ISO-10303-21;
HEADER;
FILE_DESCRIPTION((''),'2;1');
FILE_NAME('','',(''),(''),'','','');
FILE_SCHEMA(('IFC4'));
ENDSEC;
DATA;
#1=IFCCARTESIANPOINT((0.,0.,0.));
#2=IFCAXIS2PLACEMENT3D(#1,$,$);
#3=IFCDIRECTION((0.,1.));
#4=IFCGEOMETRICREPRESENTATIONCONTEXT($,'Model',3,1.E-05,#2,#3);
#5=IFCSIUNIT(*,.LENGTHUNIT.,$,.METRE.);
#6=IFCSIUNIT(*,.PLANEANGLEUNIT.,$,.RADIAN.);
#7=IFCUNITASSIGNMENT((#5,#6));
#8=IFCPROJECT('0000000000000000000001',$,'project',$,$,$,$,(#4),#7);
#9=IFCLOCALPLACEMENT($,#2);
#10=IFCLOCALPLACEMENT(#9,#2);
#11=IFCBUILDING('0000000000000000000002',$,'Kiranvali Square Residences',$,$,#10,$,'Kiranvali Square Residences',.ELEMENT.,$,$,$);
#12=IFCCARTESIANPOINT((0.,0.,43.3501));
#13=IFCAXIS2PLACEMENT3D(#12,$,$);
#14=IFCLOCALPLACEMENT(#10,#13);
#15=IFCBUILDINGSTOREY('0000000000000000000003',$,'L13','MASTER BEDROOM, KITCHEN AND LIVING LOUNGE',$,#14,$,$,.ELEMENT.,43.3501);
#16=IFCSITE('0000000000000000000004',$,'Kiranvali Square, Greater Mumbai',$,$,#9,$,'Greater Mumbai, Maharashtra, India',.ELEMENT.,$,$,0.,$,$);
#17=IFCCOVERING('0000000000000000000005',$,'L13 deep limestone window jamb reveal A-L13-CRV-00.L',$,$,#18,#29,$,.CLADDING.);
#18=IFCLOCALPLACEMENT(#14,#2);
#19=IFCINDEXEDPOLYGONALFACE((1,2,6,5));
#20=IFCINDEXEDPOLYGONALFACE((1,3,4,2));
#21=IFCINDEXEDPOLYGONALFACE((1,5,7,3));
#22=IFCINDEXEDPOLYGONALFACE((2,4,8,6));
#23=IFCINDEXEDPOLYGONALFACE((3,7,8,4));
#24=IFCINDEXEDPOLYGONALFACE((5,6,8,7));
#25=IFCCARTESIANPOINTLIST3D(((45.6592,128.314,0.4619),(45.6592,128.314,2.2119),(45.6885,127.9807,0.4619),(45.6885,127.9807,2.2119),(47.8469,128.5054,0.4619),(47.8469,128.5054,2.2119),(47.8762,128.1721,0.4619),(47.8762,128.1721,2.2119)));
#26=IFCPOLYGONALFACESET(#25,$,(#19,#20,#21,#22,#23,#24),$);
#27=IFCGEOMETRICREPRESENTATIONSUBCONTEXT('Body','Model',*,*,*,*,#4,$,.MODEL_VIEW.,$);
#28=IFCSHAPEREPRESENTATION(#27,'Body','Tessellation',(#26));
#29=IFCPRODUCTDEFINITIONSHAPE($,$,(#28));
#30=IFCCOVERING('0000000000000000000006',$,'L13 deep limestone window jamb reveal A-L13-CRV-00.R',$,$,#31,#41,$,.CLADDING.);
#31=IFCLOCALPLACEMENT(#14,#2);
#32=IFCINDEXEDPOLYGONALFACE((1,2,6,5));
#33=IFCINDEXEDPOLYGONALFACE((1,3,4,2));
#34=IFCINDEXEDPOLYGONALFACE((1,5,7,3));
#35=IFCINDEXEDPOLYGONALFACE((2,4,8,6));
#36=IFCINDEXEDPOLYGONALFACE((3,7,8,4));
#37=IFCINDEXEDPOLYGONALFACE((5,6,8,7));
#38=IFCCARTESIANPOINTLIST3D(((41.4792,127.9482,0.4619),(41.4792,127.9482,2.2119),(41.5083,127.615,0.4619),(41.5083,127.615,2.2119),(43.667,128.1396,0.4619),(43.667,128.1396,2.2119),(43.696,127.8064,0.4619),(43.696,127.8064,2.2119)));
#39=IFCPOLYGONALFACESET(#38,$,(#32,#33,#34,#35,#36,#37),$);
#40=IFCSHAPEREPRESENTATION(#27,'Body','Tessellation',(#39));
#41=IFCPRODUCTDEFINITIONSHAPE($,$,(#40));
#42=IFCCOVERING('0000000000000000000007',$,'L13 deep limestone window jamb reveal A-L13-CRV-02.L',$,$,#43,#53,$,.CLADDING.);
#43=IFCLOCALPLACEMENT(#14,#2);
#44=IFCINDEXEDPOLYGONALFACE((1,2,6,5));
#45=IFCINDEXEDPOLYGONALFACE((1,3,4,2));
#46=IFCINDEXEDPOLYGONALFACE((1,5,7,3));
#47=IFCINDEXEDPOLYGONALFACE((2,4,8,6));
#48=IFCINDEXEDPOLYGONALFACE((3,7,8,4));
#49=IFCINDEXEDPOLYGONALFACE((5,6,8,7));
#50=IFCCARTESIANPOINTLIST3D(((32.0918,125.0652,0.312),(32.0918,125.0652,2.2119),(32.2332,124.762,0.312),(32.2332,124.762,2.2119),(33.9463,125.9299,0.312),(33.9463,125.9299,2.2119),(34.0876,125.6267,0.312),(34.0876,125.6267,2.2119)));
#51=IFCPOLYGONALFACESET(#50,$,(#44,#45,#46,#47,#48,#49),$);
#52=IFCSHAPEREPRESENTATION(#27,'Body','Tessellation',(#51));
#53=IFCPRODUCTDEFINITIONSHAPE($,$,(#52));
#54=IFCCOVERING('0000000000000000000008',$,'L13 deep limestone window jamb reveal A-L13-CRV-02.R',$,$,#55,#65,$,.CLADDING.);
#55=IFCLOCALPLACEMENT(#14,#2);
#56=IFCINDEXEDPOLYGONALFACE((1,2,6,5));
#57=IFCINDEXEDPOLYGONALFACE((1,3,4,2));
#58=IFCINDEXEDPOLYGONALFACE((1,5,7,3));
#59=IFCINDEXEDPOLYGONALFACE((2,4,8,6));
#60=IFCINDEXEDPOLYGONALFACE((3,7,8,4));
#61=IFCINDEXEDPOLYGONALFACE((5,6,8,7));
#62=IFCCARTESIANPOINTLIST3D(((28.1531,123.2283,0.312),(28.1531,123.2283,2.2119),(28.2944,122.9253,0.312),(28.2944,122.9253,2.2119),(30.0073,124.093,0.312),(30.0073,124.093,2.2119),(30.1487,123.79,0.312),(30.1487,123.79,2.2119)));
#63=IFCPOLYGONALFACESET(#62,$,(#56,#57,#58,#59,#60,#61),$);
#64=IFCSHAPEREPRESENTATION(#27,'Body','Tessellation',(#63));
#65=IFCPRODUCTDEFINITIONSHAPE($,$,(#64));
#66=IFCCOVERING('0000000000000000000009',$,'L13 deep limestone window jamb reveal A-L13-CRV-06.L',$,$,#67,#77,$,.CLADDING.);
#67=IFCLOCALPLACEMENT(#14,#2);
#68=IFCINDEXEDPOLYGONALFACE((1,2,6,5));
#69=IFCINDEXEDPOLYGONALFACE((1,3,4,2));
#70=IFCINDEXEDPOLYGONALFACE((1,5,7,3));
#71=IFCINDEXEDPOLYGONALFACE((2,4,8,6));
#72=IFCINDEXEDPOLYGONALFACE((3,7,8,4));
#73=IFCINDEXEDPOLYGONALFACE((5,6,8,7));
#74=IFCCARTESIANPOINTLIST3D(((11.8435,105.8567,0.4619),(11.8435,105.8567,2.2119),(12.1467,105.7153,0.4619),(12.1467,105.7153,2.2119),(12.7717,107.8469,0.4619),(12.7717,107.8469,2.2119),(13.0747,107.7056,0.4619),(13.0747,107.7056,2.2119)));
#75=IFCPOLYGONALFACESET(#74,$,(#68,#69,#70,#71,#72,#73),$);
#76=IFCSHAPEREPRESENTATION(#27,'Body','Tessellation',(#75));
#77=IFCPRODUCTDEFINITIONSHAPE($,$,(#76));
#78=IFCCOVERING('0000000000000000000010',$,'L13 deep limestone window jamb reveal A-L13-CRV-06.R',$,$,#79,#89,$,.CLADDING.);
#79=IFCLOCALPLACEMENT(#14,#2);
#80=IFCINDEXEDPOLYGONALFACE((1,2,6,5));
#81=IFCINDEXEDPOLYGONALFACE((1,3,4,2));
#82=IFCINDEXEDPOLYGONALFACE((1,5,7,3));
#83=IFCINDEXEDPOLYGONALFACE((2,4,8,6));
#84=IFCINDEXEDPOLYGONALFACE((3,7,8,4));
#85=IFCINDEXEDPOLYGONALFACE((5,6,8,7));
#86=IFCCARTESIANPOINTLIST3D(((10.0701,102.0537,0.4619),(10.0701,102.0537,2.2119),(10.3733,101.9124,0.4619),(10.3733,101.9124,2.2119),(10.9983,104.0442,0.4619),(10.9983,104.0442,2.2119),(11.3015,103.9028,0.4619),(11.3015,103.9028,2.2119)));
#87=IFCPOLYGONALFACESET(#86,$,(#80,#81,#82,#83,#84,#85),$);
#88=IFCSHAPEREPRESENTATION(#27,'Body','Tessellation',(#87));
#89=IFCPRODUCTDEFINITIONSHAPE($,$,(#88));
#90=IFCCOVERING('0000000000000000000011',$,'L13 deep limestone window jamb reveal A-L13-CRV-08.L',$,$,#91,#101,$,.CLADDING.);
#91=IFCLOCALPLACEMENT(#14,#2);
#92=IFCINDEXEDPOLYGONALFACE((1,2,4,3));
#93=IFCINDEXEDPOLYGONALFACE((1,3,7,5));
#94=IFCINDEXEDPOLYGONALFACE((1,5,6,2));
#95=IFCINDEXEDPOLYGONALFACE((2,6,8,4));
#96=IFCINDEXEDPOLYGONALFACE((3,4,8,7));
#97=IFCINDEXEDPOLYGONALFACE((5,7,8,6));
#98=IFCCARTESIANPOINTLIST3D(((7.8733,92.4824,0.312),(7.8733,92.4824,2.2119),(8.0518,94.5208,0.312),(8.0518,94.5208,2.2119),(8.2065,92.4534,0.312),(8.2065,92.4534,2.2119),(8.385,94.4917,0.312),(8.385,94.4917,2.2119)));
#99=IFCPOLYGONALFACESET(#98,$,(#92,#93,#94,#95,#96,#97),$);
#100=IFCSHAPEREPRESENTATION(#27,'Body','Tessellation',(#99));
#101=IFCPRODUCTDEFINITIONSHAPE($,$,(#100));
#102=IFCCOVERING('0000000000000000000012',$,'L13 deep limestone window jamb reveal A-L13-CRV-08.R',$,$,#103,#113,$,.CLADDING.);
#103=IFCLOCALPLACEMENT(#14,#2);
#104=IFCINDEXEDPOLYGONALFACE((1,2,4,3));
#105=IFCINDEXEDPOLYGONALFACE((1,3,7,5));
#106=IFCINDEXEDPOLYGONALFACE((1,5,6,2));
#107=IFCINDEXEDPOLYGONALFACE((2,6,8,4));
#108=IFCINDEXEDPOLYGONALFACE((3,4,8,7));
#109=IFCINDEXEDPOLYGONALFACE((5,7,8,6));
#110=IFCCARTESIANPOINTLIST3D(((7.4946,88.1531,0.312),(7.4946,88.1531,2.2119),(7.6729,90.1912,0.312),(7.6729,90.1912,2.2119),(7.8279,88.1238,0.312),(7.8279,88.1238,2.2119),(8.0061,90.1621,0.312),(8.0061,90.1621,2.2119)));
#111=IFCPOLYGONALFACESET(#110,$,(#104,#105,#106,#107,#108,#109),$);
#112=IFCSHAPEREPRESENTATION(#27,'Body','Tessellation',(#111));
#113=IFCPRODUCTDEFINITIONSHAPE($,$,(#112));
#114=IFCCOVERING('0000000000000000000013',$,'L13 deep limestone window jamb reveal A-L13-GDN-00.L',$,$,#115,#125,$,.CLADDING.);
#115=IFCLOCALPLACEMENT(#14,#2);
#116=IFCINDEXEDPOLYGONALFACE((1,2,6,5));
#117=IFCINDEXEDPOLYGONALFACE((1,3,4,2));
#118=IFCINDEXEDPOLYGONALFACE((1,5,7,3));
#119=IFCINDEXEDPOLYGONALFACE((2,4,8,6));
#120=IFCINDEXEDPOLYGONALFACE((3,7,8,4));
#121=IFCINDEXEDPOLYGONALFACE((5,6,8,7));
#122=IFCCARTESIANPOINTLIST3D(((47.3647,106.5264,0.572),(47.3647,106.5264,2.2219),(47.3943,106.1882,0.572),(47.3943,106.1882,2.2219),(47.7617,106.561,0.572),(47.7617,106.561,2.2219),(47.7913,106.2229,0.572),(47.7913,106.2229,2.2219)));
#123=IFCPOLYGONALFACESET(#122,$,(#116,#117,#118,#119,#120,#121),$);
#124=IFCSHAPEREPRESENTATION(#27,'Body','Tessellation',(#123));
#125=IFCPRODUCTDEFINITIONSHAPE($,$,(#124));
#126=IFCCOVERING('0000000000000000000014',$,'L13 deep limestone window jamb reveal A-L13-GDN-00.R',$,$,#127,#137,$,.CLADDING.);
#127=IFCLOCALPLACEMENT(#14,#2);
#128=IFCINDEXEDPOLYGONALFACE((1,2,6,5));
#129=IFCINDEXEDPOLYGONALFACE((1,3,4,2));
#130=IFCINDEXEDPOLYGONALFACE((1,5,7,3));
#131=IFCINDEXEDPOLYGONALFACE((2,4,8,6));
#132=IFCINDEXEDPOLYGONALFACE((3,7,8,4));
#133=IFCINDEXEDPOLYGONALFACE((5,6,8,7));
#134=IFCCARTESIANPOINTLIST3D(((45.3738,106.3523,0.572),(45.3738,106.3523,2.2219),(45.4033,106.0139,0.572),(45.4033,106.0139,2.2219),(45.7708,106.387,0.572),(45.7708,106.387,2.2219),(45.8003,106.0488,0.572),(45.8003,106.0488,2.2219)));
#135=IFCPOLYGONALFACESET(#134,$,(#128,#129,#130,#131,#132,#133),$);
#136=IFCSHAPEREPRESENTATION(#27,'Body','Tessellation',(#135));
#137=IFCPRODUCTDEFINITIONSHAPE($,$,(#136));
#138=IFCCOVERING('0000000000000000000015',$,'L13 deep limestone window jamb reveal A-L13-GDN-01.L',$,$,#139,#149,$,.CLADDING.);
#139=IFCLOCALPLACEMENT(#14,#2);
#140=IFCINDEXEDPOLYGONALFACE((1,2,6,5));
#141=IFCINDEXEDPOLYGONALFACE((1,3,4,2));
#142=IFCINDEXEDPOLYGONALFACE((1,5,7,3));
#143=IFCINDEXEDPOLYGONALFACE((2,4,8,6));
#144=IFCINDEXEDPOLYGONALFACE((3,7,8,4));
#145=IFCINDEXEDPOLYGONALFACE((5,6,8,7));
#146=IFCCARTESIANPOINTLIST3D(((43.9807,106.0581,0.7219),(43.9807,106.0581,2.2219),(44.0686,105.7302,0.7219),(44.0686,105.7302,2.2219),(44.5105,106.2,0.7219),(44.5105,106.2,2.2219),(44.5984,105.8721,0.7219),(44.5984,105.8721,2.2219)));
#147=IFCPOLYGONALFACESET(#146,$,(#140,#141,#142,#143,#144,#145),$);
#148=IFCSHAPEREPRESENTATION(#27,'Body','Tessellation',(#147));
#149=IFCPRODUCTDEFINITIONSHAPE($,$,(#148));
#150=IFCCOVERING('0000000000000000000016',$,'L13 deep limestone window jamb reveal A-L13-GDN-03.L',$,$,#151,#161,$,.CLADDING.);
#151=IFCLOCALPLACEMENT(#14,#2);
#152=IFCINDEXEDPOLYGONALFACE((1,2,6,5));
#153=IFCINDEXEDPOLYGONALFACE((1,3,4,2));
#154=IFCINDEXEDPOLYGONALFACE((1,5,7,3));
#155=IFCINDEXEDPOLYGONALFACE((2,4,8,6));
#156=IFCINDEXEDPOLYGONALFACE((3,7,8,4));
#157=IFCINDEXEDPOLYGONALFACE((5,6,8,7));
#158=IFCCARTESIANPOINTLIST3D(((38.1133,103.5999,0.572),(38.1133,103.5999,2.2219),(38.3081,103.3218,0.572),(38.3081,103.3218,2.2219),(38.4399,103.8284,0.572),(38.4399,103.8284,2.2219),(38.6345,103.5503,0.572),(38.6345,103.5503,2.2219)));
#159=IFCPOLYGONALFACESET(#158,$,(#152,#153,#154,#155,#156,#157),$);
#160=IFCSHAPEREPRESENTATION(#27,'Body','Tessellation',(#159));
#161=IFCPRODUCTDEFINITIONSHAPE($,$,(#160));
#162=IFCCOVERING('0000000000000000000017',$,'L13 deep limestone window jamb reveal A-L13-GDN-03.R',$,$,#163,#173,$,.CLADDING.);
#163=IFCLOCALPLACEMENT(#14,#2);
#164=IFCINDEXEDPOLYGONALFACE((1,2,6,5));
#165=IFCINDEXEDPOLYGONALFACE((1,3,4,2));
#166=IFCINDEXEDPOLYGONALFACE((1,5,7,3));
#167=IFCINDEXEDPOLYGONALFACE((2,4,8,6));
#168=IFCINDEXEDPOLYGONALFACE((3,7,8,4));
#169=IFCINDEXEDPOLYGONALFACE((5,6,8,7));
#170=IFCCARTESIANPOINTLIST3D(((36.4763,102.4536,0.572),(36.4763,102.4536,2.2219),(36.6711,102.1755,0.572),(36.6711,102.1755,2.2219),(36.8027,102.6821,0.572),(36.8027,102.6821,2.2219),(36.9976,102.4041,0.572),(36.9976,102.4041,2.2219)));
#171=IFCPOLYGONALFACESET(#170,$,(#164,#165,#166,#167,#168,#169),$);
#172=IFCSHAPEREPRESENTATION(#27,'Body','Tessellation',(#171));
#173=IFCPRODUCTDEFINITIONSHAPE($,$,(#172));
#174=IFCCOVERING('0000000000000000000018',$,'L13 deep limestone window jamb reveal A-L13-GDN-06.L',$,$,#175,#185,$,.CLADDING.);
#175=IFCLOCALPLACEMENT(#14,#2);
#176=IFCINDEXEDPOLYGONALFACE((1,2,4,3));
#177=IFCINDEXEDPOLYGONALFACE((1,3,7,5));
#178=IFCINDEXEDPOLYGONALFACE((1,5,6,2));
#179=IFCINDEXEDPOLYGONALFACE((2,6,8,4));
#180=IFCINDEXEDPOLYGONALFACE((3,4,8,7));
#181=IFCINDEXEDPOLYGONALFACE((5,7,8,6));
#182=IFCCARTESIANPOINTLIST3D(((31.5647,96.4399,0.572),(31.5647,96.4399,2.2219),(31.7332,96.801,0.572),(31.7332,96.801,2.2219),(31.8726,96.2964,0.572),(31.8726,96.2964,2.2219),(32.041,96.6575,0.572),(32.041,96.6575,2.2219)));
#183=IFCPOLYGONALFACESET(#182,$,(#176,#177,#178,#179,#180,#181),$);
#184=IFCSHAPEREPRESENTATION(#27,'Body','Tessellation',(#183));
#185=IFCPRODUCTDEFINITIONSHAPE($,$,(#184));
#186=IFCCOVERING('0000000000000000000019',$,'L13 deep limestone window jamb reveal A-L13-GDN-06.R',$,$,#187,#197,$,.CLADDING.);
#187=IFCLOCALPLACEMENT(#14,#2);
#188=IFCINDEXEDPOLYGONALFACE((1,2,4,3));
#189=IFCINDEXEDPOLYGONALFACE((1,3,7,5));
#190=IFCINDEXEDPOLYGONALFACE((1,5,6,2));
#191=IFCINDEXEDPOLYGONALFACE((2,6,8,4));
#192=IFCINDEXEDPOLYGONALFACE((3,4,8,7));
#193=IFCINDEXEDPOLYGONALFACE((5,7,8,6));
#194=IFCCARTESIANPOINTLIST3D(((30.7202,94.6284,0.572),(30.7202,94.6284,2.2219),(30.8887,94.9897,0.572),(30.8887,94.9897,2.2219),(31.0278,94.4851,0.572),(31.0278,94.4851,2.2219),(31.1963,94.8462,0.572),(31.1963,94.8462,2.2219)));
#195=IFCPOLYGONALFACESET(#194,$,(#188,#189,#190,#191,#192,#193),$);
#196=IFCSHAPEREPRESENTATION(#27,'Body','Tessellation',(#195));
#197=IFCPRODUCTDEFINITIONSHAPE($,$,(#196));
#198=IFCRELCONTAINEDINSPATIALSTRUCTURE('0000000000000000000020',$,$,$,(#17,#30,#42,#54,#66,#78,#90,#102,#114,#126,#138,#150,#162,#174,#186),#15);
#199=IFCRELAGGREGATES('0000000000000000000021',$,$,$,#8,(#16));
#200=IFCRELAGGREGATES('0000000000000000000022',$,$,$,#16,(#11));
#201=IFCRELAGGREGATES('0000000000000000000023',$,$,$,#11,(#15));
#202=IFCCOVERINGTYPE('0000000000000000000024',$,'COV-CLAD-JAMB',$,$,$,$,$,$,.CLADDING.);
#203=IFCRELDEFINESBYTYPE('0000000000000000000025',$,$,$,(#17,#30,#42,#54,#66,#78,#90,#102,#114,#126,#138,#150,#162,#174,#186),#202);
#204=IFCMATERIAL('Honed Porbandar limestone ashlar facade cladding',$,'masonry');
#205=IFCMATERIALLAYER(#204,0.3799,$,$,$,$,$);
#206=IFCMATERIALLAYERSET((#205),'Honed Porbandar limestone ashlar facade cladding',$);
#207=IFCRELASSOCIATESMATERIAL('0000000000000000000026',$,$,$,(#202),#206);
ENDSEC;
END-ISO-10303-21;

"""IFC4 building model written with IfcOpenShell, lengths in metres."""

from ifc_helpers import new_model, si_unit, direction, frame, origin, place, context, subcontext, project, spatial, polyline, outline, extrude, material, layer, layer_set, type_object, element, save


model = new_model("IFC4")

# Units and contexts
model_context = context("Model", 3, precision=1e-05, world=origin(), true_north=direction((0.0, 1.0)))
body_context = subcontext(model_context, "Body", "Model", "MODEL_VIEW")
ifc_project = project(units=[si_unit("LENGTHUNIT", "METRE"), si_unit("PLANEANGLEUNIT", "RADIAN")], contexts=[model_context])

# Site, building, storey
site_placement = place(None, origin())
site = spatial("IfcSite", under=ifc_project, at=site_placement, Name="Kiranvali Square, Greater Mumbai", LongName="Greater Mumbai, Maharashtra, India", CompositionType="ELEMENT", RefElevation=0.0)
building_placement = place(site_placement, origin())
building = spatial("IfcBuilding", under=site, at=building_placement, Name="Kiranvali Square Residences", LongName="Kiranvali Square Residences", CompositionType="ELEMENT")
storey_placement = place(building_placement, frame((0.0, 0.0, 43.3501)))
storey = spatial("IfcBuildingStorey", under=building, at=storey_placement, Name="L13", Description="MASTER BEDROOM, KITCHEN AND LIVING LOUNGE", CompositionType="ELEMENT", Elevation=43.3501)

# Coverings
ifc_material = material(Name="Honed Porbandar limestone ashlar facade cladding", Category="masonry")
ifc_layer_1 = layer(ifc_material, 0.3799)
ifc_layer_set_1 = layer_set([ifc_layer_1], Name="Honed Porbandar limestone ashlar facade cladding")
covering_type_1 = type_object("IfcCoveringType", Name="COV-CLAD-JAMB", PredefinedType="CLADDING", material=ifc_layer_set_1)
covering_1_placement = place(storey_placement, frame((0.0, 0.0, 0.4619)))
element("IfcCovering", 1, at=covering_1_placement, inside=storey, type_object=covering_type_1, Name="L13 deep limestone window jamb reveal A-L13-CRV-00.L", PredefinedType="CLADDING", context=body_context, shape_type="SweptSolid", body=[
    extrude(outline(polyline([(47.8469, 128.5054), (45.6592, 128.314), (45.6885, 127.9807), (47.8762, 128.1721), (47.8469, 128.5054)])), origin(), (0.0, 0.0, 1.0), 1.75),
])
covering_2_placement = place(storey_placement, frame((0.0, 0.0, 0.4619)))
element("IfcCovering", 2, at=covering_2_placement, inside=storey, type_object=covering_type_1, Name="L13 deep limestone window jamb reveal A-L13-CRV-00.R", PredefinedType="CLADDING", context=body_context, shape_type="SweptSolid", body=[
    extrude(outline(polyline([(43.667, 128.1396), (41.4792, 127.9482), (41.5083, 127.615), (43.696, 127.8064), (43.667, 128.1396)])), origin(), (0.0, 0.0, 1.0), 1.75),
])
covering_3_placement = place(storey_placement, frame((0.0, 0.0, 0.312)))
element("IfcCovering", 3, at=covering_3_placement, inside=storey, type_object=covering_type_1, Name="L13 deep limestone window jamb reveal A-L13-CRV-02.L", PredefinedType="CLADDING", context=body_context, shape_type="SweptSolid", body=[
    extrude(outline(polyline([(33.9463, 125.9299), (32.0918, 125.0652), (32.2332, 124.762), (34.0876, 125.6267), (33.9463, 125.9299)])), origin(), (0.0, 0.0, 1.0), 1.8999),
])
covering_4_placement = place(storey_placement, frame((0.0, 0.0, 0.312)))
element("IfcCovering", 4, at=covering_4_placement, inside=storey, type_object=covering_type_1, Name="L13 deep limestone window jamb reveal A-L13-CRV-02.R", PredefinedType="CLADDING", context=body_context, shape_type="SweptSolid", body=[
    extrude(outline(polyline([(30.0073, 124.093), (28.1531, 123.2283), (28.2944, 122.9253), (30.1487, 123.79), (30.0073, 124.093)])), origin(), (0.0, 0.0, 1.0), 1.8999),
])
covering_5_placement = place(storey_placement, frame((0.0, 0.0, 0.4619)))
element("IfcCovering", 5, at=covering_5_placement, inside=storey, type_object=covering_type_1, Name="L13 deep limestone window jamb reveal A-L13-CRV-06.L", PredefinedType="CLADDING", context=body_context, shape_type="SweptSolid", body=[
    extrude(outline(polyline([(12.7717, 107.8469), (11.8435, 105.8567), (12.1467, 105.7153), (13.0747, 107.7056), (12.7717, 107.8469)])), origin(), (0.0, 0.0, 1.0), 1.75),
])
covering_6_placement = place(storey_placement, frame((0.0, 0.0, 0.4619)))
element("IfcCovering", 6, at=covering_6_placement, inside=storey, type_object=covering_type_1, Name="L13 deep limestone window jamb reveal A-L13-CRV-06.R", PredefinedType="CLADDING", context=body_context, shape_type="SweptSolid", body=[
    extrude(outline(polyline([(10.9983, 104.0442), (10.0701, 102.0537), (10.3733, 101.9124), (11.3015, 103.9028), (10.9983, 104.0442)])), origin(), (0.0, 0.0, 1.0), 1.75),
])
covering_7_placement = place(storey_placement, frame((0.0, 0.0, 0.312)))
element("IfcCovering", 7, at=covering_7_placement, inside=storey, type_object=covering_type_1, Name="L13 deep limestone window jamb reveal A-L13-CRV-08.L", PredefinedType="CLADDING", context=body_context, shape_type="SweptSolid", body=[
    extrude(outline(polyline([(8.0518, 94.5208), (7.8733, 92.4824), (8.2065, 92.4534), (8.385, 94.4917), (8.0518, 94.5208)])), origin(), (0.0, 0.0, 1.0), 1.8999),
])
covering_8_placement = place(storey_placement, frame((0.0, 0.0, 0.312)))
element("IfcCovering", 8, at=covering_8_placement, inside=storey, type_object=covering_type_1, Name="L13 deep limestone window jamb reveal A-L13-CRV-08.R", PredefinedType="CLADDING", context=body_context, shape_type="SweptSolid", body=[
    extrude(outline(polyline([(7.6729, 90.1912), (7.4946, 88.1531), (7.8279, 88.1238), (8.0061, 90.1621), (7.6729, 90.1912)])), origin(), (0.0, 0.0, 1.0), 1.8999),
])
covering_9_placement = place(storey_placement, frame((0.0, 0.0, 0.572)))
element("IfcCovering", 9, at=covering_9_placement, inside=storey, type_object=covering_type_1, Name="L13 deep limestone window jamb reveal A-L13-GDN-00.L", PredefinedType="CLADDING", context=body_context, shape_type="SweptSolid", body=[
    extrude(outline(polyline([(47.7617, 106.561), (47.3647, 106.5264), (47.3943, 106.1882), (47.7913, 106.2229), (47.7617, 106.561)])), origin(), (0.0, 0.0, 1.0), 1.6499),
])
covering_10_placement = place(storey_placement, frame((0.0, 0.0, 0.572)))
element("IfcCovering", 10, at=covering_10_placement, inside=storey, type_object=covering_type_1, Name="L13 deep limestone window jamb reveal A-L13-GDN-00.R", PredefinedType="CLADDING", context=body_context, shape_type="SweptSolid", body=[
    extrude(outline(polyline([(45.7708, 106.387), (45.3738, 106.3523), (45.4033, 106.0139), (45.8003, 106.0488), (45.7708, 106.387)])), origin(), (0.0, 0.0, 1.0), 1.6499),
])
covering_11_placement = place(storey_placement, frame((0.0, 0.0, 0.7219)))
element("IfcCovering", 11, at=covering_11_placement, inside=storey, type_object=covering_type_1, Name="L13 deep limestone window jamb reveal A-L13-GDN-01.L", PredefinedType="CLADDING", context=body_context, shape_type="SweptSolid", body=[
    extrude(outline(polyline([(44.5105, 106.2), (43.9807, 106.0581), (44.0686, 105.7302), (44.5984, 105.8721), (44.5105, 106.2)])), origin(), (0.0, 0.0, 1.0), 1.5),
])
covering_12_placement = place(storey_placement, frame((0.0, 0.0, 0.572)))
element("IfcCovering", 12, at=covering_12_placement, inside=storey, type_object=covering_type_1, Name="L13 deep limestone window jamb reveal A-L13-GDN-03.L", PredefinedType="CLADDING", context=body_context, shape_type="SweptSolid", body=[
    extrude(outline(polyline([(38.4399, 103.8284), (38.1133, 103.5999), (38.3081, 103.3218), (38.6345, 103.5503), (38.4399, 103.8284)])), origin(), (0.0, 0.0, 1.0), 1.6499),
])
covering_13_placement = place(storey_placement, frame((0.0, 0.0, 0.572)))
element("IfcCovering", 13, at=covering_13_placement, inside=storey, type_object=covering_type_1, Name="L13 deep limestone window jamb reveal A-L13-GDN-03.R", PredefinedType="CLADDING", context=body_context, shape_type="SweptSolid", body=[
    extrude(outline(polyline([(36.8027, 102.6821), (36.4763, 102.4536), (36.6711, 102.1755), (36.9976, 102.4041), (36.8027, 102.6821)])), origin(), (0.0, 0.0, 1.0), 1.6499),
])
covering_14_placement = place(storey_placement, frame((0.0, 0.0, 0.572)))
element("IfcCovering", 14, at=covering_14_placement, inside=storey, type_object=covering_type_1, Name="L13 deep limestone window jamb reveal A-L13-GDN-06.L", PredefinedType="CLADDING", context=body_context, shape_type="SweptSolid", body=[
    extrude(outline(polyline([(31.7332, 96.801), (31.5647, 96.4399), (31.8726, 96.2964), (32.041, 96.6575), (31.7332, 96.801)])), origin(), (0.0, 0.0, 1.0), 1.6499),
])
covering_15_placement = place(storey_placement, frame((0.0, 0.0, 0.572)))
element("IfcCovering", 15, at=covering_15_placement, inside=storey, type_object=covering_type_1, Name="L13 deep limestone window jamb reveal A-L13-GDN-06.R", PredefinedType="CLADDING", context=body_context, shape_type="SweptSolid", body=[
    extrude(outline(polyline([(30.8887, 94.9897), (30.7202, 94.6284), (31.0278, 94.4851), (31.1963, 94.8462), (30.8887, 94.9897)])), origin(), (0.0, 0.0, 1.0), 1.6499),
])

save(model, "model.ifc")
